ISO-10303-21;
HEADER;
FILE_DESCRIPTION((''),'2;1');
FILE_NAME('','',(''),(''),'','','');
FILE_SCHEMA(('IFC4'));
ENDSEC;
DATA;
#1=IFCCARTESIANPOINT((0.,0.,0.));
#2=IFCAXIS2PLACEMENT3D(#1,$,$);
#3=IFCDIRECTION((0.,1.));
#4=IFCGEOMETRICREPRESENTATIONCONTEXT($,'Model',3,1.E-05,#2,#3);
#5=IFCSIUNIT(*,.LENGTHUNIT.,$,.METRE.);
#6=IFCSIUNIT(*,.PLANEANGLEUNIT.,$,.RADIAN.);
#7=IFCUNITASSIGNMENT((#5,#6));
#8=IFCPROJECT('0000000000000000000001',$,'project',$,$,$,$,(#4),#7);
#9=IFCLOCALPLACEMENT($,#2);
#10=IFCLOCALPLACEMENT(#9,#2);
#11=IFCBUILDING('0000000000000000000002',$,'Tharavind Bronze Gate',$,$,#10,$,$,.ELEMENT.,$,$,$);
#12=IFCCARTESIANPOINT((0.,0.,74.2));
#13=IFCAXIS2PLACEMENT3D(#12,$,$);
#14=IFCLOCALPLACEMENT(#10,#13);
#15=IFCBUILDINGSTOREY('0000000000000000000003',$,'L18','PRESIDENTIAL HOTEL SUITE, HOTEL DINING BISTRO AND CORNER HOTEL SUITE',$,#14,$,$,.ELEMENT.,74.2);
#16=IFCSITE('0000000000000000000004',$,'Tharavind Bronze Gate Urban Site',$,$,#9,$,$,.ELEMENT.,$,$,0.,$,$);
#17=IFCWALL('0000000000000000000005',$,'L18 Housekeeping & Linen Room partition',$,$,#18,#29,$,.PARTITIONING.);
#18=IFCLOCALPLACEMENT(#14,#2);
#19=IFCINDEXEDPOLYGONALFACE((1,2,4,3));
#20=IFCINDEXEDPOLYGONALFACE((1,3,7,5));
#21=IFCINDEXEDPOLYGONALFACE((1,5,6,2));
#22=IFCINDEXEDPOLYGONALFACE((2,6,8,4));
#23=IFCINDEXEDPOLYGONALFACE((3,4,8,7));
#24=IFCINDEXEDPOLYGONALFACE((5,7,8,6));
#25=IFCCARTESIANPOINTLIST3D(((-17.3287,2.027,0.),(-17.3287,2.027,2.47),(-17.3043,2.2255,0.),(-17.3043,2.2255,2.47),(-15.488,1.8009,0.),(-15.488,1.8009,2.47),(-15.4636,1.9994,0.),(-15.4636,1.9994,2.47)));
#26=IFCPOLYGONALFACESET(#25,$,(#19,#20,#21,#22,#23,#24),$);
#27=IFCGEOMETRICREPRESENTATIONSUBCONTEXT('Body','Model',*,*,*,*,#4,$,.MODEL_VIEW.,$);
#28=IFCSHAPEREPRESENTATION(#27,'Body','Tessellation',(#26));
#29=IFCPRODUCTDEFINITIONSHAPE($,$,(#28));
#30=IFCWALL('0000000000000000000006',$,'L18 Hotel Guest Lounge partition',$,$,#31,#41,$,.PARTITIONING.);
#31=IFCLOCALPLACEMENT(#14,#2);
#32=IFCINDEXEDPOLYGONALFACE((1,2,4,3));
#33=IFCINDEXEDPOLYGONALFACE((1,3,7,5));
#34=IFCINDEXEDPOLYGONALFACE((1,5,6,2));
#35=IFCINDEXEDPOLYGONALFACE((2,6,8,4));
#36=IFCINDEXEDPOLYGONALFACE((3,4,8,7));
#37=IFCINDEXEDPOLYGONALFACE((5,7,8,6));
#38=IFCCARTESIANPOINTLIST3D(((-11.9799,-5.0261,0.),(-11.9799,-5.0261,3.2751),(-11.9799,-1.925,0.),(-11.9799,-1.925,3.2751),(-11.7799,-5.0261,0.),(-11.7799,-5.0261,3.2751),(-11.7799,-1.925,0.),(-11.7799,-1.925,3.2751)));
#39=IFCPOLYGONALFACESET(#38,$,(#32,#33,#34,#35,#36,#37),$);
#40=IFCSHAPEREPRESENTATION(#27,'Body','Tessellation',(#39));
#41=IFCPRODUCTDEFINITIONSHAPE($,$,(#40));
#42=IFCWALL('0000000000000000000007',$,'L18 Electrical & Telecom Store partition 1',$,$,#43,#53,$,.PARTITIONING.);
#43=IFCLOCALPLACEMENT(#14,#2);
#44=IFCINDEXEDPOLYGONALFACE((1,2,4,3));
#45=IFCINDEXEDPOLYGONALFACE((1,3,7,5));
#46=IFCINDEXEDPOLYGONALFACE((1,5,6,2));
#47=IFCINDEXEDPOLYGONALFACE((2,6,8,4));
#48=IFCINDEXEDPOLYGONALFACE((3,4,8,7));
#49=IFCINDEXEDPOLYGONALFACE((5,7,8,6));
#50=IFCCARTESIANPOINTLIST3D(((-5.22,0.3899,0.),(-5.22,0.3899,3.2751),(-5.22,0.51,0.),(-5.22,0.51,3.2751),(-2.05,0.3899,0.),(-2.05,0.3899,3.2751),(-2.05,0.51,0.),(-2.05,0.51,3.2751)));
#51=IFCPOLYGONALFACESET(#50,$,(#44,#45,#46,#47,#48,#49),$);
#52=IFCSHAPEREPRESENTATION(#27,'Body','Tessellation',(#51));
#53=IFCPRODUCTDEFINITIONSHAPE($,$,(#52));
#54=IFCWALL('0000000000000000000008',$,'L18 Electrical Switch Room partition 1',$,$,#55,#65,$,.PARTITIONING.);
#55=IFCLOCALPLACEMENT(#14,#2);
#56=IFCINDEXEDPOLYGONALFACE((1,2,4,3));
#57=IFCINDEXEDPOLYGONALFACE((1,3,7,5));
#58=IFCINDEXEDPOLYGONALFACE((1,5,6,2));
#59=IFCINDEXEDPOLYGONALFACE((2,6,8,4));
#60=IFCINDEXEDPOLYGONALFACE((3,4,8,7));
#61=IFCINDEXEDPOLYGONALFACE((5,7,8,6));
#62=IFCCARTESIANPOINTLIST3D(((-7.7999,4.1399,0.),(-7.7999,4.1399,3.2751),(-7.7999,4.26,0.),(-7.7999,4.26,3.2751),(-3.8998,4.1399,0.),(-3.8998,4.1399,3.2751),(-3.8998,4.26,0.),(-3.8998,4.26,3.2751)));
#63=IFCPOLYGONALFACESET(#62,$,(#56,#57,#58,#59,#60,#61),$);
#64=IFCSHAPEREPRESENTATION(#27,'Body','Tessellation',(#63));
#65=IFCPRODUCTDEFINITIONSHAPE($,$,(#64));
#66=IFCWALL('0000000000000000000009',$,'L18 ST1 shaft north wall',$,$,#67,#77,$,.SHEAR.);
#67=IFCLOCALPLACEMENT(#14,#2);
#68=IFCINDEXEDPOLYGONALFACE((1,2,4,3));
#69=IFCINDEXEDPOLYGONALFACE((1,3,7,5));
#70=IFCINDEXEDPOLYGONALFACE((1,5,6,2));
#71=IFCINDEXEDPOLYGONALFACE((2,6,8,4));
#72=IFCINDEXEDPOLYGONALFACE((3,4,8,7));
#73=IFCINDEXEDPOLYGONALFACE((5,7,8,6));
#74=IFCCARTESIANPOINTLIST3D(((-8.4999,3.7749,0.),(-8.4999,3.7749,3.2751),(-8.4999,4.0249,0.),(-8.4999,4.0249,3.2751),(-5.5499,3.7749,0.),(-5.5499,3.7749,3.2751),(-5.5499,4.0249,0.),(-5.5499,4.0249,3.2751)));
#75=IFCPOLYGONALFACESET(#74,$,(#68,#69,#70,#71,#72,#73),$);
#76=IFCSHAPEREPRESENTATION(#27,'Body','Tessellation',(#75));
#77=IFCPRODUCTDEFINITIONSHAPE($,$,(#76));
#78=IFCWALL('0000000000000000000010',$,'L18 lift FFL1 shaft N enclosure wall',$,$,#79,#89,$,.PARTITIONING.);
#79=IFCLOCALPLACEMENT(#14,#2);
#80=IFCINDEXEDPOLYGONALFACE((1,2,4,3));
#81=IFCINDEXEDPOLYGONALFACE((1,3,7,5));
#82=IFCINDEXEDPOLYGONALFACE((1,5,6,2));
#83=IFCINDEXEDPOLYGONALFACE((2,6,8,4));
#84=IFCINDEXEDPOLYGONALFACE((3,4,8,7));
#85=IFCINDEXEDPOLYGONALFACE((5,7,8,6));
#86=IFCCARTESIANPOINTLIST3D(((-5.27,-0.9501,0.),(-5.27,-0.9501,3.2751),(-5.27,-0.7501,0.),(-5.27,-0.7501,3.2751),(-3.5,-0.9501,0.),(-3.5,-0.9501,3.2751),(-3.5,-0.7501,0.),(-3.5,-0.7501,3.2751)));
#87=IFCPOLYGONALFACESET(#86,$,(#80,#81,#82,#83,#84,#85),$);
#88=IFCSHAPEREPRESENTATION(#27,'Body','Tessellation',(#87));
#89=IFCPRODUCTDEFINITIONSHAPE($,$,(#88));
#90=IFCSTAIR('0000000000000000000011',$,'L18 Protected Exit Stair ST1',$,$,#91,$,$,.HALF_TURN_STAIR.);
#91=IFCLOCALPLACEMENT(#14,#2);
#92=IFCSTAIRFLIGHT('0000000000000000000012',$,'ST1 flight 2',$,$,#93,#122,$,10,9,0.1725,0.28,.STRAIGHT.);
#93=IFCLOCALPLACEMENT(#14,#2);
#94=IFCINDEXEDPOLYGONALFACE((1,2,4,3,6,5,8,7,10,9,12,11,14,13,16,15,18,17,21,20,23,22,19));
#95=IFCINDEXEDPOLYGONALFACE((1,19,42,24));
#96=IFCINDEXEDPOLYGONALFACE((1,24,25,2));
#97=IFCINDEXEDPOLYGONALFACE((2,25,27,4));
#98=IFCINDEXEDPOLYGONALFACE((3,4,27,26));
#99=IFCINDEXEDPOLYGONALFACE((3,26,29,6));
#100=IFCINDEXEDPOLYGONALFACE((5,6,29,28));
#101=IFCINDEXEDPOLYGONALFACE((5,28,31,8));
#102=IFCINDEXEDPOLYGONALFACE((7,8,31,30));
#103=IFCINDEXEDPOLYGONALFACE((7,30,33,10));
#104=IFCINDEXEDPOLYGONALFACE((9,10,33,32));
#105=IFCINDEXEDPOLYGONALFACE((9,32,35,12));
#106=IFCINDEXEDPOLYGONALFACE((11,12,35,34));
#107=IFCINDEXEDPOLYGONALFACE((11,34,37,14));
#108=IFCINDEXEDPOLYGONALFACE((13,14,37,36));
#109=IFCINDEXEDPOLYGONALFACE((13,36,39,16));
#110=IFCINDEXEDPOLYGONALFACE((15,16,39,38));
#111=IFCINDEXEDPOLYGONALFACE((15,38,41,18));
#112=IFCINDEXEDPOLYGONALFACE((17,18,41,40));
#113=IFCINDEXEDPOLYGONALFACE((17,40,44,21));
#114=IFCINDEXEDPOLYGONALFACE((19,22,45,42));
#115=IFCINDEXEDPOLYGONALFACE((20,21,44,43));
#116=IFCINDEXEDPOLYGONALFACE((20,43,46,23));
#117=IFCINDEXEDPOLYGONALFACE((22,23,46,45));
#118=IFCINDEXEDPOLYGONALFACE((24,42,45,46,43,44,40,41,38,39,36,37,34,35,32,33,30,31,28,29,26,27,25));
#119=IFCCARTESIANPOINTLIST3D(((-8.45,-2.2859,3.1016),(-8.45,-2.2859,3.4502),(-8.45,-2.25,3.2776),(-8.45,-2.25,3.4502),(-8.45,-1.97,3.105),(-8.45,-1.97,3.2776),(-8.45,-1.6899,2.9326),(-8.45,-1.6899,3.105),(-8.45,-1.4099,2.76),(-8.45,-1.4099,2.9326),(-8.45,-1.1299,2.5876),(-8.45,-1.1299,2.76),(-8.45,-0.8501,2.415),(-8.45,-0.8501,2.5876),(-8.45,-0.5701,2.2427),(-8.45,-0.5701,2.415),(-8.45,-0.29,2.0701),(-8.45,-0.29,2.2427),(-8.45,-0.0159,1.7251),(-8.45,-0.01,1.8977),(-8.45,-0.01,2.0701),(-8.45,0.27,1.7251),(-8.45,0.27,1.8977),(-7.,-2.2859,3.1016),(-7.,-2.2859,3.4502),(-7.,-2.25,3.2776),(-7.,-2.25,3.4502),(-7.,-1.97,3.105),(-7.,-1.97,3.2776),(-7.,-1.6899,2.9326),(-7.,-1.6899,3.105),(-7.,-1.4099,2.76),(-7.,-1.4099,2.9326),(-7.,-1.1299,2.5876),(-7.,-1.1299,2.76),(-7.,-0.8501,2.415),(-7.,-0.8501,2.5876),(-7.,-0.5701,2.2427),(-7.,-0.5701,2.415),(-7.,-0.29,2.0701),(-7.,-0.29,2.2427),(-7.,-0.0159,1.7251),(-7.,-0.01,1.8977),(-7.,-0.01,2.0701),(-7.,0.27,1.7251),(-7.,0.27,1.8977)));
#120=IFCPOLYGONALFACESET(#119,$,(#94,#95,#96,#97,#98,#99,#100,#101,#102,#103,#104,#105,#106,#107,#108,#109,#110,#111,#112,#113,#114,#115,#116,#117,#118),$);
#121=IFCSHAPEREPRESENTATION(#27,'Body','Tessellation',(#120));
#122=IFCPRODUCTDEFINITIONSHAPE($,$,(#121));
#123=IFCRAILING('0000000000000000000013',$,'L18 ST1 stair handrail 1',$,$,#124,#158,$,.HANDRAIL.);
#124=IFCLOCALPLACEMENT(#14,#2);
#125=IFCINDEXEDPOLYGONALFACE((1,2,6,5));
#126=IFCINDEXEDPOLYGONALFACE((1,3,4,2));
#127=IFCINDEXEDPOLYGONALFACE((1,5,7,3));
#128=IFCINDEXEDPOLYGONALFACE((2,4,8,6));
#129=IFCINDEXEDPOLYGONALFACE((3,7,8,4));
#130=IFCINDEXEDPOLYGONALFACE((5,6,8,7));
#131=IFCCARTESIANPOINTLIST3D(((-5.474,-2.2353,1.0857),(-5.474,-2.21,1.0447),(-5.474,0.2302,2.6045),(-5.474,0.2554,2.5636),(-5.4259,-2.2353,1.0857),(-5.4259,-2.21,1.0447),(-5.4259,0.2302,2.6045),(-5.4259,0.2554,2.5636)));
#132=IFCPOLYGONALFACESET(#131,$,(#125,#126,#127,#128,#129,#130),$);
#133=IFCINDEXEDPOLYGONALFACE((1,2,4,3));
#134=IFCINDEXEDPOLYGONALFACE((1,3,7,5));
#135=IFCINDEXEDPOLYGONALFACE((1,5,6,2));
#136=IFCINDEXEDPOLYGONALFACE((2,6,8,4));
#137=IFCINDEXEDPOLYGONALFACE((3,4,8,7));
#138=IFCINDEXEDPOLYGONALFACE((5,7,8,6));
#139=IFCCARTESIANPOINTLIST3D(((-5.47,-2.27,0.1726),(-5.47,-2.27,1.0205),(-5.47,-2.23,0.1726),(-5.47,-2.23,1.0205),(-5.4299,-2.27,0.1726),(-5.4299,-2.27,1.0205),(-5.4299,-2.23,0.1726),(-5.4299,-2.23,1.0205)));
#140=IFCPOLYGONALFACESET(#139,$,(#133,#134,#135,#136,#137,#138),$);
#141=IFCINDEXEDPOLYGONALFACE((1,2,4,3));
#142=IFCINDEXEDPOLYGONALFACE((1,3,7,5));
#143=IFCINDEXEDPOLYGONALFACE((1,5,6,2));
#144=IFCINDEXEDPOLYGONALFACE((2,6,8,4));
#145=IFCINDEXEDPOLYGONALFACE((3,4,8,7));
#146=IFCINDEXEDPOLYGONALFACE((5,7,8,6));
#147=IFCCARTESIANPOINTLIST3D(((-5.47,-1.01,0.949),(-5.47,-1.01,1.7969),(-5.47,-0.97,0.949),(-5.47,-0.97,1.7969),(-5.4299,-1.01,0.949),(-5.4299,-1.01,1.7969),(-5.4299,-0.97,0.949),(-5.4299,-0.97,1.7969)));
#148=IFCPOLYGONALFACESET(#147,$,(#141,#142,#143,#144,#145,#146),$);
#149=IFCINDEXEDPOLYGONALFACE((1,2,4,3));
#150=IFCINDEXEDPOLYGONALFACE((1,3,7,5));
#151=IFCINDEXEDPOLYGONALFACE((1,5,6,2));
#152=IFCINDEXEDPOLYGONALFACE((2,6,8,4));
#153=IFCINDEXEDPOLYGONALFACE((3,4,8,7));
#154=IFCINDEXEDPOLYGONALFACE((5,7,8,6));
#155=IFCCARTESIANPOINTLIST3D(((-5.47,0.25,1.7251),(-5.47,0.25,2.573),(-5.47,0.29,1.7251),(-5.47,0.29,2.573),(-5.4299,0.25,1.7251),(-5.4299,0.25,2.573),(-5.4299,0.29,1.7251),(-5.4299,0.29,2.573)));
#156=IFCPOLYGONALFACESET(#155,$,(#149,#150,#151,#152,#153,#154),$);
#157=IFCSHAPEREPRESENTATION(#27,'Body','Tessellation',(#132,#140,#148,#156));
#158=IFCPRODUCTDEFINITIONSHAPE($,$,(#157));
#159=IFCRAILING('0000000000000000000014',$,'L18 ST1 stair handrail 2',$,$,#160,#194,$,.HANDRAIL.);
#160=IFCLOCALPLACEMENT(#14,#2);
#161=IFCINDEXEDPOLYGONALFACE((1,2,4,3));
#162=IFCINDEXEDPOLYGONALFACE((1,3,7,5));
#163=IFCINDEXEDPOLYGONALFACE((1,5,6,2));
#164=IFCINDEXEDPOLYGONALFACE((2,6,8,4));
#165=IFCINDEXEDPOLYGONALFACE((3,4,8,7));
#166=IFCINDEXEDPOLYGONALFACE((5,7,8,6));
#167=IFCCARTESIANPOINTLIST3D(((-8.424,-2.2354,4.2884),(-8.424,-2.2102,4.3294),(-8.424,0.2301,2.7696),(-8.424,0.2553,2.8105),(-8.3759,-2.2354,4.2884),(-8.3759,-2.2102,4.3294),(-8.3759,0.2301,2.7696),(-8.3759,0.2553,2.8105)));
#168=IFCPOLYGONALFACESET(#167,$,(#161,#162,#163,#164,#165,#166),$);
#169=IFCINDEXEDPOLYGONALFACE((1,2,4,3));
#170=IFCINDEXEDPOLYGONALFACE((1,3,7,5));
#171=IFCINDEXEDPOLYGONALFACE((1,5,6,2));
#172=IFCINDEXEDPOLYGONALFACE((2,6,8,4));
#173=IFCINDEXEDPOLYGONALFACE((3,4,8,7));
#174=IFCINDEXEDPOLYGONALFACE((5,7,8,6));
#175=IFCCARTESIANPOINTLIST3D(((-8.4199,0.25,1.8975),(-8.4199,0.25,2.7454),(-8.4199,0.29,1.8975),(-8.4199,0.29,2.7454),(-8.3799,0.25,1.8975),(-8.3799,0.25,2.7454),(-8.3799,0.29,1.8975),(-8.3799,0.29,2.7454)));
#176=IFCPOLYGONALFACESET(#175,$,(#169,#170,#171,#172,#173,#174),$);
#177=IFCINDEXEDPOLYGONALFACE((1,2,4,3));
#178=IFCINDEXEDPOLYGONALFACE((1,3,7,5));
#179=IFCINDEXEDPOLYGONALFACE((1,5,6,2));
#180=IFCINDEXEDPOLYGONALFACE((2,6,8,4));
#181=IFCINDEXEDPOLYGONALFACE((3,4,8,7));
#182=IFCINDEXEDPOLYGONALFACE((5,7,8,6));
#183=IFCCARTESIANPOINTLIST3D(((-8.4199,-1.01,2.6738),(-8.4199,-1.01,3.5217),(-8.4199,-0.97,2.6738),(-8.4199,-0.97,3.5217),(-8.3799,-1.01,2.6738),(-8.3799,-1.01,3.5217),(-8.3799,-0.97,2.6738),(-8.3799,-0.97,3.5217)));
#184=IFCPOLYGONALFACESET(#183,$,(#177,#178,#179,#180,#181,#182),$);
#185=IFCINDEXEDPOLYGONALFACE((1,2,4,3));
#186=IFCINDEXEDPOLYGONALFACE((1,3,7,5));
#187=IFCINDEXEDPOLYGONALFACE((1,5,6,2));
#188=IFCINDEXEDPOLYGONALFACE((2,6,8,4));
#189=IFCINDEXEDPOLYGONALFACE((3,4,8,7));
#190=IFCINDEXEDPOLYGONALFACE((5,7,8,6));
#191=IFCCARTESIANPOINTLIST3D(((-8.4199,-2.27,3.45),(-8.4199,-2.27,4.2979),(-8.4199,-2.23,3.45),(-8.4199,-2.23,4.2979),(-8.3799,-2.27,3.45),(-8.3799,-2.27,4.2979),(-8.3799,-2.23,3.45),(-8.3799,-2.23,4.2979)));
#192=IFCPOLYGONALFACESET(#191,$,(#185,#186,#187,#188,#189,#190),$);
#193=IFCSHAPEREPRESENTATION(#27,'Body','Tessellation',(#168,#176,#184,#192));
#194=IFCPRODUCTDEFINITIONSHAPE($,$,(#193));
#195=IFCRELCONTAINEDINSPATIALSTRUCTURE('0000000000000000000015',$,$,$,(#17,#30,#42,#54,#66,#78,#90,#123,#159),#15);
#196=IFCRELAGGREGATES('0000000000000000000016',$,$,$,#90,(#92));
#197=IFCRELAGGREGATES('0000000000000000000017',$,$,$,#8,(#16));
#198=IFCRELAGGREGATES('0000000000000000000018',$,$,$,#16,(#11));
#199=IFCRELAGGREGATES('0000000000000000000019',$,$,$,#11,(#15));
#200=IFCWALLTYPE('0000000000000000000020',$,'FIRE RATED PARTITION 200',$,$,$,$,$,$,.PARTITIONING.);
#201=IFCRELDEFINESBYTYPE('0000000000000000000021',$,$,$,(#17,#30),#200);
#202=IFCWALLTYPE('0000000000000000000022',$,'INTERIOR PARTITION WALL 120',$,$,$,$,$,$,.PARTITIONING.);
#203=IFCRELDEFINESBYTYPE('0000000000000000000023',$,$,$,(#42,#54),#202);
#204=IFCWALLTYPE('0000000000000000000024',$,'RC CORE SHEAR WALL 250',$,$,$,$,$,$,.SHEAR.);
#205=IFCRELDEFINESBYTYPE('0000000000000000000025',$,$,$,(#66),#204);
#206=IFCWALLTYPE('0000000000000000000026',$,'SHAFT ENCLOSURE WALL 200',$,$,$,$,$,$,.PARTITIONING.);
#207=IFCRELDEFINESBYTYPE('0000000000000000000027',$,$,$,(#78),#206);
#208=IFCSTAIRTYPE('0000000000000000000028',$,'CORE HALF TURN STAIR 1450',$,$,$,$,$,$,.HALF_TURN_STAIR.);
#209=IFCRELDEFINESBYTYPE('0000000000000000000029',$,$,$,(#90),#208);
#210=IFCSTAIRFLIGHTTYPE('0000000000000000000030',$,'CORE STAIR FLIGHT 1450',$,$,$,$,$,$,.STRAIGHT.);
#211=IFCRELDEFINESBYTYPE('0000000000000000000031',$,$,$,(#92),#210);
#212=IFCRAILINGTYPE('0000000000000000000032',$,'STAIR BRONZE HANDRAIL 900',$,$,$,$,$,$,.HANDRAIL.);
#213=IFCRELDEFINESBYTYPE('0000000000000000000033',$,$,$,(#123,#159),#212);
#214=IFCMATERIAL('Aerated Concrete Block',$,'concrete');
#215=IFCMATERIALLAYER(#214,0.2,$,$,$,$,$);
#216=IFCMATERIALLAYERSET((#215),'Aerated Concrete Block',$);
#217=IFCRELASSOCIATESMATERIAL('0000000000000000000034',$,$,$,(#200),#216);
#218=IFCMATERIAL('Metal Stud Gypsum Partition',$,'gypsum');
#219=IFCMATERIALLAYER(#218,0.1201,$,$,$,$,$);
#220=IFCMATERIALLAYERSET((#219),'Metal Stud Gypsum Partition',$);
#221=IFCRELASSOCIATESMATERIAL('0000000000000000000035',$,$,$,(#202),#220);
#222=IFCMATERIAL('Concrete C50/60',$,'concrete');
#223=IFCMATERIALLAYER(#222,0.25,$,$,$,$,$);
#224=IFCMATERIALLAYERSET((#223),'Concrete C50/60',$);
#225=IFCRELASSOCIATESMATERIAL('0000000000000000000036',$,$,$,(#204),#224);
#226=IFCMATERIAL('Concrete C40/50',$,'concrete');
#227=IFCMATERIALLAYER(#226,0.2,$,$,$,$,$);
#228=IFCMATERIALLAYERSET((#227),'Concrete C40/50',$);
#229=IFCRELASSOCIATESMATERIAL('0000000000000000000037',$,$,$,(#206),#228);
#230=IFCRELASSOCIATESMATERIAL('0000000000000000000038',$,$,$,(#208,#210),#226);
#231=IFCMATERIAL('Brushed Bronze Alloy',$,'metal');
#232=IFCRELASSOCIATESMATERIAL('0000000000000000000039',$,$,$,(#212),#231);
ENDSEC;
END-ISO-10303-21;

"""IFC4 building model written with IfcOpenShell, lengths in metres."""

from ifc_helpers import new_model, si_unit, direction, frame, frame_2d, origin, origin_2d, place, context, subcontext, project, spatial, polyline, rectangle, outline, extrude, material, layer, layer_set, type_object, element, aggregate, save


model = new_model("IFC4")

# Units and contexts
model_context = context("Model", 3, precision=1e-05, world=origin(), true_north=direction((0.0, 1.0)))
body_context = subcontext(model_context, "Body", "Model", "MODEL_VIEW")
ifc_project = project(units=[si_unit("LENGTHUNIT", "METRE"), si_unit("PLANEANGLEUNIT", "RADIAN")], contexts=[model_context])

# Site, building, storey
site_placement = place(None, origin())
site = spatial("IfcSite", under=ifc_project, at=site_placement, Name="Tharavind Bronze Gate Urban Site", CompositionType="ELEMENT", RefElevation=0.0)
building_placement = place(site_placement, origin())
building = spatial("IfcBuilding", under=site, at=building_placement, Name="Tharavind Bronze Gate", CompositionType="ELEMENT")
storey_placement = place(building_placement, frame((0.0, 0.0, 74.2)))
storey = spatial("IfcBuildingStorey", under=building, at=storey_placement, Name="L18", Description="PRESIDENTIAL HOTEL SUITE, HOTEL DINING BISTRO AND CORNER HOTEL SUITE", CompositionType="ELEMENT", Elevation=74.2)

# Wall
ifc_material_1 = material(Name="Aerated Concrete Block", Category="concrete")
ifc_layer_1 = layer(ifc_material_1, 0.2)
ifc_layer_set_1 = layer_set([ifc_layer_1], Name="Aerated Concrete Block")
wall_type_1 = type_object("IfcWallType", Name="FIRE RATED PARTITION 200", PredefinedType="PARTITIONING", material=ifc_layer_set_1)
wall_1_placement = place(storey_placement, frame((-15.4758, 1.9001, 0.0), z_axis=(0.0, 0.0, 1.0), x_axis=(-0.992541, 0.121912, 0.0)))
element("IfcWall", 1, at=wall_1_placement, inside=storey, type_object=wall_type_1, Name="L18 Housekeeping & Linen Room partition", PredefinedType="PARTITIONING", context=body_context, shape_type="SweptSolid", body=[
    extrude(rectangle(XDim=1.8545, YDim=0.2, at=frame_2d((0.9272, 0.0))), origin(), (0.0, 0.0, 1.0), 2.47),
])

# Walls
wall_2_placement = place(storey_placement, frame((-11.8799, -1.925, 0.0), z_axis=(0.0, 0.0, 1.0), x_axis=(0.0, -1.0, 0.0)))
element("IfcWall", 2, at=wall_2_placement, inside=storey, type_object=wall_type_1, Name="L18 Hotel Guest Lounge partition", PredefinedType="PARTITIONING", context=body_context, shape_type="SweptSolid", body=[
    extrude(rectangle(XDim=3.1011, YDim=0.2, at=frame_2d((1.5505, 0.0))), origin(), (0.0, 0.0, 1.0), 3.2751),
])
ifc_material_2 = material(Name="Metal Stud Gypsum Partition", Category="gypsum")
ifc_layer_2 = layer(ifc_material_2, 0.1201)
ifc_layer_set_2 = layer_set([ifc_layer_2], Name="Metal Stud Gypsum Partition")
wall_type_2 = type_object("IfcWallType", Name="INTERIOR PARTITION WALL 120", PredefinedType="PARTITIONING", material=ifc_layer_set_2)
wall_3_placement = place(storey_placement, frame((-5.22, 0.45, 0.0), z_axis=(0.0, 0.0, 1.0), x_axis=(1.0, 0.0, 0.0)))
element("IfcWall", 3, at=wall_3_placement, inside=storey, type_object=wall_type_2, Name="L18 Electrical & Telecom Store partition 1", PredefinedType="PARTITIONING", context=body_context, shape_type="SweptSolid", body=[
    extrude(rectangle(XDim=3.1699, YDim=0.1201, at=frame_2d((1.585, 0.0))), origin(), (0.0, 0.0, 1.0), 3.2751),
])
wall_4_placement = place(storey_placement, frame((-7.8, 4.2, 0.0), z_axis=(0.0, 0.0, 1.0), x_axis=(1.0, 0.0, 0.0)))
element("IfcWall", 4, at=wall_4_placement, inside=storey, type_object=wall_type_2, Name="L18 Electrical Switch Room partition 1", PredefinedType="PARTITIONING", context=body_context, shape_type="SweptSolid", body=[
    extrude(rectangle(XDim=3.9001, YDim=0.1201, at=frame_2d((1.9502, 0.0))), origin(), (0.0, 0.0, 1.0), 3.2751),
])
ifc_material_3 = material(Name="Concrete C50/60", Category="concrete")
ifc_layer_3 = layer(ifc_material_3, 0.25)
ifc_layer_set_3 = layer_set([ifc_layer_3], Name="Concrete C50/60")
wall_type_3 = type_object("IfcWallType", Name="RC CORE SHEAR WALL 250", PredefinedType="SHEAR", material=ifc_layer_set_3)
wall_5_placement = place(storey_placement, frame((-8.5, 3.8999, 0.0), z_axis=(0.0, 0.0, 1.0), x_axis=(1.0, 0.0, 0.0)))
element("IfcWall", 5, at=wall_5_placement, inside=storey, type_object=wall_type_3, Name="L18 ST1 shaft north wall", PredefinedType="SHEAR", context=body_context, shape_type="SweptSolid", body=[
    extrude(rectangle(XDim=2.95, YDim=0.25, at=frame_2d((1.4751, 0.0))), origin(), (0.0, 0.0, 1.0), 3.2751),
])
ifc_material_4 = material(Name="Concrete C40/50", Category="concrete")
ifc_layer_4 = layer(ifc_material_4, 0.2)
ifc_layer_set_4 = layer_set([ifc_layer_4], Name="Concrete C40/50")
wall_type_4 = type_object("IfcWallType", Name="SHAFT ENCLOSURE WALL 200", PredefinedType="PARTITIONING", material=ifc_layer_set_4)
wall_6_placement = place(storey_placement, frame((-5.27, -0.8501, 0.0), z_axis=(0.0, 0.0, 1.0), x_axis=(1.0, 0.0, 0.0)))
element("IfcWall", 6, at=wall_6_placement, inside=storey, type_object=wall_type_4, Name="L18 lift FFL1 shaft N enclosure wall", PredefinedType="PARTITIONING", context=body_context, shape_type="SweptSolid", body=[
    extrude(rectangle(XDim=1.77, YDim=0.2, at=frame_2d((0.885, 0.0))), origin(), (0.0, 0.0, 1.0), 3.2751),
])

# Stair, stair flight
stair_type = type_object("IfcStairType", Name="CORE HALF TURN STAIR 1450", PredefinedType="HALF_TURN_STAIR", material=ifc_material_4)
stair_placement = place(storey_placement, origin())
stair = element("IfcStair", 7, at=stair_placement, inside=storey, type_object=stair_type, Name="L18 Protected Exit Stair ST1", PredefinedType="HALF_TURN_STAIR")
stair_flight_type = type_object("IfcStairFlightType", Name="CORE STAIR FLIGHT 1450", PredefinedType="STRAIGHT", material=ifc_material_4)
stair_flight_placement = place(storey_placement, frame((-7.7251, 0.27, 1.7251), z_axis=(0.0, 0.0, 1.0), x_axis=(0.0, -1.0, 0.0)))
stair_flight = element("IfcStairFlight", 8, at=stair_flight_placement, type_object=stair_flight_type, Name="ST1 flight 2", NumberOfRisers=10, NumberOfTreads=9, PredefinedType="STRAIGHT", RiserHeight=0.1725, TreadLength=0.28, context=body_context, shape_type="SweptSolid", body=[
    extrude(outline(polyline([(0.0, 0.0), (0.0, 0.1726), (0.28, 0.1726), (0.28, 0.345), (0.5601, 0.345), (0.5601, 0.5176), (0.8401, 0.5176), (0.8401, 0.6899), (1.1201, 0.6899), (1.1201, 0.8625), (1.3999, 0.8625), (1.3999, 1.0349), (1.6799, 1.0349), (1.6799, 1.2075), (1.96, 1.2075), (1.96, 1.3799), (2.24, 1.3799), (2.24, 1.5525), (2.52, 1.5525), (2.52, 1.7251), (2.5559, 1.7251), (2.5559, 1.3765), (0.2859, 0.0), (0.0, 0.0)])), frame((0.0, 0.7251, 0.0), z_axis=(0.0, -1.0, 0.0), x_axis=(1.0, 0.0, 0.0)), (0.0, 0.0, 1.0), 1.45),
])
aggregate(stair, [stair_flight])

# Railings
ifc_material_5 = material(Name="Brushed Bronze Alloy", Category="metal")
railing_type_1 = type_object("IfcRailingType", Name="STAIR BRONZE HANDRAIL 900", PredefinedType="HANDRAIL", material=ifc_material_5)
railing_1_placement = place(storey_placement, frame((-5.45, -2.25, 0.1726)))
element("IfcRailing", 9, at=railing_1_placement, inside=storey, type_object=railing_type_1, Name="L18 ST1 stair handrail 1", PredefinedType="HANDRAIL", context=body_context, shape_type="SweptSolid", body=[
    extrude(rectangle(XDim=0.0481, YDim=0.0481, at=origin_2d()), frame((0.0, 0.0273, 0.8926), z_axis=(0.0, 0.8514, 0.524516), x_axis=(-1.0, 0.0, 0.0)), (0.0, 0.0, 1.0), 2.8958),
    extrude(rectangle(XDim=0.04, YDim=0.04, at=origin_2d()), origin(), (0.0, 0.0, 1.0), 0.8479),
    extrude(rectangle(XDim=0.04, YDim=0.04, at=origin_2d()), frame((0.0, 1.26, 0.7764)), (0.0, 0.0, 1.0), 0.8479),
    extrude(rectangle(XDim=0.04, YDim=0.04, at=origin_2d()), frame((0.0, 2.52, 1.5525)), (0.0, 0.0, 1.0), 0.8479),
])
railing_2_placement = place(storey_placement, frame((-8.3999, 0.27, 1.8975)))
element("IfcRailing", 10, at=railing_2_placement, inside=storey, type_object=railing_type_1, Name="L18 ST1 stair handrail 2", PredefinedType="HANDRAIL", context=body_context, shape_type="SweptSolid", body=[
    extrude(rectangle(XDim=0.0481, YDim=0.0481, at=origin_2d()), frame((0.0, -0.0273, 0.8926), z_axis=(0.0, -0.8514, 0.524516), x_axis=(1.0, 0.0, 0.0)), (0.0, 0.0, 1.0), 2.8958),
    extrude(rectangle(XDim=0.04, YDim=0.04, at=origin_2d()), origin(), (0.0, 0.0, 1.0), 0.8479),
    extrude(rectangle(XDim=0.04, YDim=0.04, at=origin_2d()), frame((0.0, -1.26, 0.7764)), (0.0, 0.0, 1.0), 0.8479),
    extrude(rectangle(XDim=0.04, YDim=0.04, at=origin_2d()), frame((0.0, -2.52, 1.5525)), (0.0, 0.0, 1.0), 0.8479),
])

save(model, "model.ifc")
